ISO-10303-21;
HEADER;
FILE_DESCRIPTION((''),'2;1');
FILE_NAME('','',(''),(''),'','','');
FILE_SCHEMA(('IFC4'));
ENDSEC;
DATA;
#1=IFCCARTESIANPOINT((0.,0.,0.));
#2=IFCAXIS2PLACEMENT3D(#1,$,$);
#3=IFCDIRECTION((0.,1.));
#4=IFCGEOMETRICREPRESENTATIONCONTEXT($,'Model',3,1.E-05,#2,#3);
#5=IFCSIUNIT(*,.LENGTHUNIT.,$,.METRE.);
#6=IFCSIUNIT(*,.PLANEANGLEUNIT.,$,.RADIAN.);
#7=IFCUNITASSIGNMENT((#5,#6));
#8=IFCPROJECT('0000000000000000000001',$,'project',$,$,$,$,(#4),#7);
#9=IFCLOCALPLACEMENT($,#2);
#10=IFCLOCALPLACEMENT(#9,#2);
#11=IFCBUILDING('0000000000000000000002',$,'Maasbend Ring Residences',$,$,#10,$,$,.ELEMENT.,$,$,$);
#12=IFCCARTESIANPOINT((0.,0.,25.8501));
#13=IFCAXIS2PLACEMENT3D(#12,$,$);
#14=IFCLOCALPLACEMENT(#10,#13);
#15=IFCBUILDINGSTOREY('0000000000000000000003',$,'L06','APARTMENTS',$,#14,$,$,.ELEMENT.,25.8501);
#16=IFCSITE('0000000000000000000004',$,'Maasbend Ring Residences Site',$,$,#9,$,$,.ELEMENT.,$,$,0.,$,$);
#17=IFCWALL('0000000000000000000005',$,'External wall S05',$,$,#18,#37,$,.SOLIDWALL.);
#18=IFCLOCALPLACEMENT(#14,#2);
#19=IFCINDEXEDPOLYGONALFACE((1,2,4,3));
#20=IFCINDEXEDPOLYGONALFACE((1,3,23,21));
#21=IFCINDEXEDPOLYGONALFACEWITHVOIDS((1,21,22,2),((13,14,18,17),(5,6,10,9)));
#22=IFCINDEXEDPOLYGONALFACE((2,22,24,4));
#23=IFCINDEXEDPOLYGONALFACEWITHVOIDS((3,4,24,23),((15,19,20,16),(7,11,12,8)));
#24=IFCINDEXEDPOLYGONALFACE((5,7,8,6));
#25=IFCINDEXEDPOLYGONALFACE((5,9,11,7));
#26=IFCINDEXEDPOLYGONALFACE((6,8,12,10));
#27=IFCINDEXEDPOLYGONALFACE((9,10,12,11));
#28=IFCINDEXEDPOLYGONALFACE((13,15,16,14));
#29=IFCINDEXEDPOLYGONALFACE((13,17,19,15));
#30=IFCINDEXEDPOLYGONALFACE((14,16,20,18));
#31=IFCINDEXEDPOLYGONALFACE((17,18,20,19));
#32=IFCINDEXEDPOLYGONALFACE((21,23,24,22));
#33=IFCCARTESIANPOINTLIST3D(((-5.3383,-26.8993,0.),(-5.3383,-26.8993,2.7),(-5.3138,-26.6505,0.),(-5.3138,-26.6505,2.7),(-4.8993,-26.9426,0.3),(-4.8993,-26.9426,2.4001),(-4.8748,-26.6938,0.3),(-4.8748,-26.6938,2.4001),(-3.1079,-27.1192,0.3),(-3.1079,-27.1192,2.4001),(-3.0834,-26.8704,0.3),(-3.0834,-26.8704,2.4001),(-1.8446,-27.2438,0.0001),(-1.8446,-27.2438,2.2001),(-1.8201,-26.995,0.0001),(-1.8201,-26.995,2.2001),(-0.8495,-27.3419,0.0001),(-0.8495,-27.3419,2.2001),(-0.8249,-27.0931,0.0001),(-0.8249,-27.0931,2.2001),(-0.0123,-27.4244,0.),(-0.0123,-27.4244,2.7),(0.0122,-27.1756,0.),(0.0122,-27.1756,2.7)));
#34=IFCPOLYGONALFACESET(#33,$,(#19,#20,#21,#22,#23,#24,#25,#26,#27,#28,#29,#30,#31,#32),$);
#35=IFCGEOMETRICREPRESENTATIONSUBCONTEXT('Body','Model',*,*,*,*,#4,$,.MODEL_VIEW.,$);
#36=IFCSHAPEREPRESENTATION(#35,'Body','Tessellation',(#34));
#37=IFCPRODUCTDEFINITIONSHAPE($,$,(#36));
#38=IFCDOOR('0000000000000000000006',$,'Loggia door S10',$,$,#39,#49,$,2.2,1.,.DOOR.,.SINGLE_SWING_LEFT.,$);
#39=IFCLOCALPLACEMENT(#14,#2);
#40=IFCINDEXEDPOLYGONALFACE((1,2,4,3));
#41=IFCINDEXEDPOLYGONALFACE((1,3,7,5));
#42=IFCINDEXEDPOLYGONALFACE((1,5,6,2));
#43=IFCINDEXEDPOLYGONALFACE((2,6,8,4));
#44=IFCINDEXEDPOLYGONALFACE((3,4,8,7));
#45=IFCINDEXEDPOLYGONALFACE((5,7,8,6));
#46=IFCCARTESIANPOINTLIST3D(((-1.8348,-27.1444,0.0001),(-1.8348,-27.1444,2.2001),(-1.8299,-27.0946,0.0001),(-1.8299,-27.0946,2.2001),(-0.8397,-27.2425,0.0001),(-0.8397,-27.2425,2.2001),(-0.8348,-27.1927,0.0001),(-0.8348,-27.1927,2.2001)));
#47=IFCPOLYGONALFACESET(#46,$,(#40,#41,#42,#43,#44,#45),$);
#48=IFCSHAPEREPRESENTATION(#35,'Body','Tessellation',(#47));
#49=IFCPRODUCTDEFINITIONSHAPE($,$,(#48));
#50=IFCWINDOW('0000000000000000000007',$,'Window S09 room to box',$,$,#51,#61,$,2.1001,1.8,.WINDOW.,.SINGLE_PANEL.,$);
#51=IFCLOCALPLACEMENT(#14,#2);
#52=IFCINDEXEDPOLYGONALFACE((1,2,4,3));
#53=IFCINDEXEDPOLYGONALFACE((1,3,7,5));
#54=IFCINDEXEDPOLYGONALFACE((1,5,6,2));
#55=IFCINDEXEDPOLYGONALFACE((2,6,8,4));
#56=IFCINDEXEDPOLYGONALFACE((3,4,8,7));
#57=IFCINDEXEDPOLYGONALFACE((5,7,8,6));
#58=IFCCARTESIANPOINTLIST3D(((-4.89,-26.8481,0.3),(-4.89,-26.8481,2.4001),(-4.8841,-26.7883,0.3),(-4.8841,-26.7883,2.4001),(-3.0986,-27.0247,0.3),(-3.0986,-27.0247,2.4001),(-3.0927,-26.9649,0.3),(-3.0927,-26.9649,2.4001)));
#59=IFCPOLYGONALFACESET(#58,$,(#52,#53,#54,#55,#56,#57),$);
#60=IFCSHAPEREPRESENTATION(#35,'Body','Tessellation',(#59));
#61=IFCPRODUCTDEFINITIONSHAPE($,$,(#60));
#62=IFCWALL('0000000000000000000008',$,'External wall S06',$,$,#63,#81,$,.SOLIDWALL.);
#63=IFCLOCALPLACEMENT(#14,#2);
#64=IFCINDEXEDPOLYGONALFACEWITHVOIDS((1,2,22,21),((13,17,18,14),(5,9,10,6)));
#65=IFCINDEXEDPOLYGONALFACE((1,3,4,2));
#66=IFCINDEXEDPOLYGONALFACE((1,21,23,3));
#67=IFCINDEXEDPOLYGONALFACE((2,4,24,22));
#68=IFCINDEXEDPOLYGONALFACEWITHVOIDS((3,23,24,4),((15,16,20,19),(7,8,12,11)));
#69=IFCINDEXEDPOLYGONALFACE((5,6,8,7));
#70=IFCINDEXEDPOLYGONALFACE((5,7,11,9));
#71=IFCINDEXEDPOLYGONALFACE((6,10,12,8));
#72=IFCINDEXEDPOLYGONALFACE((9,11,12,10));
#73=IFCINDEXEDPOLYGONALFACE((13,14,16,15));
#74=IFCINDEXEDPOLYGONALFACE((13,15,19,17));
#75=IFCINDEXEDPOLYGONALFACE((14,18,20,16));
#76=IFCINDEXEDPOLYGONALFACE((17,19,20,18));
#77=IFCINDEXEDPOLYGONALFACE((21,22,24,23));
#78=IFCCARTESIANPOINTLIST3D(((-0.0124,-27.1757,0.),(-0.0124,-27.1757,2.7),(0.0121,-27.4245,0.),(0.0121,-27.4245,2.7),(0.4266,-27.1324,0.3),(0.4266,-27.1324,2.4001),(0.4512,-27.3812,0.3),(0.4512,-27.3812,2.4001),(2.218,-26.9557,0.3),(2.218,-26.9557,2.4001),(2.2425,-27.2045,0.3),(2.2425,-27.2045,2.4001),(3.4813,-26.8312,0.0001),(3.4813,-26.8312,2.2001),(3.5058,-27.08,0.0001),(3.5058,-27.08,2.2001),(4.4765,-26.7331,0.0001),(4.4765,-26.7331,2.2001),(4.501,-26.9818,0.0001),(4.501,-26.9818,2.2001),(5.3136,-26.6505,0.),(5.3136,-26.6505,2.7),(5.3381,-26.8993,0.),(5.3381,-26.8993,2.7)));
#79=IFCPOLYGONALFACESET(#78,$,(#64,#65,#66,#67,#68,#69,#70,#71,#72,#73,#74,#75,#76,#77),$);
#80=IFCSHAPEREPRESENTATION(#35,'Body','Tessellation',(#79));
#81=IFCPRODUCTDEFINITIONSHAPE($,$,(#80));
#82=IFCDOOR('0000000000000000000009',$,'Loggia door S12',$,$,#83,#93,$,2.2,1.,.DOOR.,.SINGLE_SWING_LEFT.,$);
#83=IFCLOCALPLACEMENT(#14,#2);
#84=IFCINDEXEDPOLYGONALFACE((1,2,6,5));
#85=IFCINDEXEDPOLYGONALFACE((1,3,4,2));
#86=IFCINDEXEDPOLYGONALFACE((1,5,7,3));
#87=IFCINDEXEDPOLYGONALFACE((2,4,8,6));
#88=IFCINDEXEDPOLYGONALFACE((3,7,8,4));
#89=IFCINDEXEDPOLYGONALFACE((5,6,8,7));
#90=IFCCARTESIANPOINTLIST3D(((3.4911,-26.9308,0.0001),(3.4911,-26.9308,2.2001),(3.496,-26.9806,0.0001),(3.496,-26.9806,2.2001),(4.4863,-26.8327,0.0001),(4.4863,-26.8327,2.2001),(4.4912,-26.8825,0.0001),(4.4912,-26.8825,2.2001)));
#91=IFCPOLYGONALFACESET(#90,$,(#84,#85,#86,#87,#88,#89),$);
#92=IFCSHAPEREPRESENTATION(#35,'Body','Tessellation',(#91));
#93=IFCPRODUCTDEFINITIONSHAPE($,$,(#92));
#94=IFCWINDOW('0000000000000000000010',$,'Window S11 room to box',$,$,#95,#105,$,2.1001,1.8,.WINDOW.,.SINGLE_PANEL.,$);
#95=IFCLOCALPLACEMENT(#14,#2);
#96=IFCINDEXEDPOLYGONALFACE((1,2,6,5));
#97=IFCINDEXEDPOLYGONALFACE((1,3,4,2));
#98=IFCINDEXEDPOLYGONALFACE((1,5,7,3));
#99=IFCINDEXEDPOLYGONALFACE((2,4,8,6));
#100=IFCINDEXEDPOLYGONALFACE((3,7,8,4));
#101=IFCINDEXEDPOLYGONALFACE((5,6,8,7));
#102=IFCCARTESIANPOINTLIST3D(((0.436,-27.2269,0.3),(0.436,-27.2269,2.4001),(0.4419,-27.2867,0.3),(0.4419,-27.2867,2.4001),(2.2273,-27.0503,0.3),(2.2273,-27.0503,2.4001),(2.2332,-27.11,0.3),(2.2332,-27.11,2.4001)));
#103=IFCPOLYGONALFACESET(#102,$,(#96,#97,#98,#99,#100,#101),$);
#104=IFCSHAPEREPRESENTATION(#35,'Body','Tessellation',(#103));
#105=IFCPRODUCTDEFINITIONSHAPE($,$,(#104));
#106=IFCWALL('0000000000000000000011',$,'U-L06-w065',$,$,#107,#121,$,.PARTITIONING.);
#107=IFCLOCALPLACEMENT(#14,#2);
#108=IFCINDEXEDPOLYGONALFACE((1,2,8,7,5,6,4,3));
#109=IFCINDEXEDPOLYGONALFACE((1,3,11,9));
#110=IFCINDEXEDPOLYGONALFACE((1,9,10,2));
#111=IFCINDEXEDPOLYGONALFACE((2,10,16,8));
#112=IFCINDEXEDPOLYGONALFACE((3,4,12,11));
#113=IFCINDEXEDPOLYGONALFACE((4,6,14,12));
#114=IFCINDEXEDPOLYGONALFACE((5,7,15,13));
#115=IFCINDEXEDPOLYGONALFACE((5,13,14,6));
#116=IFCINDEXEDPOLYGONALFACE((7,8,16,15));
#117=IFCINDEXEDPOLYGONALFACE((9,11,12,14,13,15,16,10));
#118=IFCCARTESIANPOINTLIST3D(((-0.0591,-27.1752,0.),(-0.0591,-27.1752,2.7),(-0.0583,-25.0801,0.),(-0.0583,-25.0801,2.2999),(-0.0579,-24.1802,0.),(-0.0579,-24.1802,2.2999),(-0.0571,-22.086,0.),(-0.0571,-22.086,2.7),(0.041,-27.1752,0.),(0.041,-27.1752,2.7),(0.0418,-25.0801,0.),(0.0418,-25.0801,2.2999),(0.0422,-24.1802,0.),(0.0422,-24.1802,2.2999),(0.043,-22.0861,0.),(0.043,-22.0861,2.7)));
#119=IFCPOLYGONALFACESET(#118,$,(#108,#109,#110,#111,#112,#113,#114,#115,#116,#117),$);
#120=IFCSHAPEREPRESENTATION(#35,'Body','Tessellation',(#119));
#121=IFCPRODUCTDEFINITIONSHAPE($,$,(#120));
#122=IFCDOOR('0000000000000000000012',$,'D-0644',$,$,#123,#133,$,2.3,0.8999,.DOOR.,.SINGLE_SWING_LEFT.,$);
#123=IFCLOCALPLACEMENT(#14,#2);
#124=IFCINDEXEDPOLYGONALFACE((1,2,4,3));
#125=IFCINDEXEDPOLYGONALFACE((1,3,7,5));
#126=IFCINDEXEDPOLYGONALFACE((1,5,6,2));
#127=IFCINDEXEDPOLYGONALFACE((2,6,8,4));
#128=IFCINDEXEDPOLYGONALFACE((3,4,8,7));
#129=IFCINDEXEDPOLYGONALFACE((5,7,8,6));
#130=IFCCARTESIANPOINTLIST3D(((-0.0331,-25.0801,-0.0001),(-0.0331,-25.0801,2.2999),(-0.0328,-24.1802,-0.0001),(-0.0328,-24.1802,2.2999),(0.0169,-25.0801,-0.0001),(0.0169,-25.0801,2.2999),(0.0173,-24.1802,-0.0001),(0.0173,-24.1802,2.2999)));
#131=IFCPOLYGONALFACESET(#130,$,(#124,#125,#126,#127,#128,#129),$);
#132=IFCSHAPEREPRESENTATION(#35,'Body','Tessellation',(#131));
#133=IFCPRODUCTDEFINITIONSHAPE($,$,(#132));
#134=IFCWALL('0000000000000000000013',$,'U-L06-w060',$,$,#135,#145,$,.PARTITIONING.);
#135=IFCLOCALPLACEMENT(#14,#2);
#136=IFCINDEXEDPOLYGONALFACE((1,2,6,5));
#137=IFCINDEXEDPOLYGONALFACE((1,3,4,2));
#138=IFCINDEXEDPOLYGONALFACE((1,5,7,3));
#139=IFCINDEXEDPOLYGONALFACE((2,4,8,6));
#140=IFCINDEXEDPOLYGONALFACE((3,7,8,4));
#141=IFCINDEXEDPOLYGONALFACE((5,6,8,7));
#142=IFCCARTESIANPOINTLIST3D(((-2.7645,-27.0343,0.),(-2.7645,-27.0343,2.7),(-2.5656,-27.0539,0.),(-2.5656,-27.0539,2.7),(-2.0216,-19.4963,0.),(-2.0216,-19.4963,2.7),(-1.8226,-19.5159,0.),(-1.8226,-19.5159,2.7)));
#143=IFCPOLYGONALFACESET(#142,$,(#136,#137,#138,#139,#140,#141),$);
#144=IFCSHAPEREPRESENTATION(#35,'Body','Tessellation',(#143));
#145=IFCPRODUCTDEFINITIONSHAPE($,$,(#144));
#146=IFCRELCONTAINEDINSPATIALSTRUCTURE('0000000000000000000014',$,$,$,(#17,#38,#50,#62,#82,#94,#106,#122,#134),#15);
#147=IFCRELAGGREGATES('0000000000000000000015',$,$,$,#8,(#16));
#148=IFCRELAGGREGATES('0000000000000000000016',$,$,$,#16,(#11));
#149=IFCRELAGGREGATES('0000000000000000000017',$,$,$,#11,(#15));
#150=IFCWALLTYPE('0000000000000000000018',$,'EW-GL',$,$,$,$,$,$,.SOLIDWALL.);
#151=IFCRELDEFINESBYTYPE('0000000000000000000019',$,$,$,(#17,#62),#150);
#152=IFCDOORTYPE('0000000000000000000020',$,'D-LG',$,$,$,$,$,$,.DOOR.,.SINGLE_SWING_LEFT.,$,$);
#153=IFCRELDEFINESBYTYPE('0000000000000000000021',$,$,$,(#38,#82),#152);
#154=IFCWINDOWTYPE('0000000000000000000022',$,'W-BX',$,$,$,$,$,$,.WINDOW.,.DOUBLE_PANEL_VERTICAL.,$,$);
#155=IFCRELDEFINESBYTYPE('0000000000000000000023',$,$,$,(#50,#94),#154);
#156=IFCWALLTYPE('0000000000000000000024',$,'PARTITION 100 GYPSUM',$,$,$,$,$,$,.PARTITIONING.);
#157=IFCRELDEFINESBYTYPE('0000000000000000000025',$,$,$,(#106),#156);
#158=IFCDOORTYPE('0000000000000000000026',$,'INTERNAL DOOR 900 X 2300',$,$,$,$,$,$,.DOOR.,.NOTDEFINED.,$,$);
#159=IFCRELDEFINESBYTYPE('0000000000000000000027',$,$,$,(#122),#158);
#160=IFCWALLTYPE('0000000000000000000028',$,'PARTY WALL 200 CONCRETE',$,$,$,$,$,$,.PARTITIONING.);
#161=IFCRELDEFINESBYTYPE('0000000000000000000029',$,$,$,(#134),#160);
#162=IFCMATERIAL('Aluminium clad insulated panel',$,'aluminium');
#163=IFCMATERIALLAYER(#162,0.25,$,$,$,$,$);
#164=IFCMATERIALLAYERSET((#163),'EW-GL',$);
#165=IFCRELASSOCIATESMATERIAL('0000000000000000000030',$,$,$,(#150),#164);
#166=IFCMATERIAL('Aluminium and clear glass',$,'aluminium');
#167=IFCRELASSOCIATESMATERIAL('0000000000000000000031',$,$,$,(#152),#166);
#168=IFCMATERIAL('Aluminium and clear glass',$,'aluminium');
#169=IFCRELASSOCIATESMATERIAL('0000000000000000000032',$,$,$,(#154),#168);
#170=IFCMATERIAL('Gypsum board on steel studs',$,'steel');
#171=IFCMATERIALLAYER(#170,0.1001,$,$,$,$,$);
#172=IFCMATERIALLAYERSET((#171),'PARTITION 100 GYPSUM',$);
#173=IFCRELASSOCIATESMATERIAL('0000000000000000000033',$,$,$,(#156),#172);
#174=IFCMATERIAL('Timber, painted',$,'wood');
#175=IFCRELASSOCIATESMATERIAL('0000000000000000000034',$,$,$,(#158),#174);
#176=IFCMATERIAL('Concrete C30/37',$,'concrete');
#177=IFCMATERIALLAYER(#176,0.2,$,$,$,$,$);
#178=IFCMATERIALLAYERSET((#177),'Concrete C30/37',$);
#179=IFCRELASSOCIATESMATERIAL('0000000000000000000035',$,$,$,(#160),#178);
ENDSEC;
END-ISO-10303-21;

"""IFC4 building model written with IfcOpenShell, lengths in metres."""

from ifc_helpers import new_model, si_unit, direction, frame, frame_2d, origin, place, context, subcontext, project, spatial, rectangle, extrude, material, layer, layer_set, type_object, element, fill, save


model = new_model("IFC4")

# Units and contexts
model_context = context("Model", 3, precision=1e-05, world=origin(), true_north=direction((0.0, 1.0)))
body_context = subcontext(model_context, "Body", "Model", "MODEL_VIEW")
ifc_project = project(units=[si_unit("LENGTHUNIT", "METRE"), si_unit("PLANEANGLEUNIT", "RADIAN")], contexts=[model_context])

# Site, building, storey
site_placement = place(None, origin())
site = spatial("IfcSite", under=ifc_project, at=site_placement, Name="Maasbend Ring Residences Site", CompositionType="ELEMENT", RefElevation=0.0)
building_placement = place(site_placement, origin())
building = spatial("IfcBuilding", under=site, at=building_placement, Name="Maasbend Ring Residences", CompositionType="ELEMENT")
storey_placement = place(building_placement, frame((0.0, 0.0, 25.8501)))
storey = spatial("IfcBuildingStorey", under=building, at=storey_placement, Name="L06", Description="APARTMENTS", CompositionType="ELEMENT", Elevation=25.8501)

# Walls, openings, doors, windows
ifc_material_1 = material(Name="Aluminium clad insulated panel", Category="aluminium")
ifc_layer_1 = layer(ifc_material_1, 0.25)
ifc_layer_set_1 = layer_set([ifc_layer_1], Name="EW-GL")
wall_type_1 = type_object("IfcWallType", Name="EW-GL", PredefinedType="SOLIDWALL", material=ifc_layer_set_1)
ifc_material_2 = material(Name="Aluminium and clear glass", Category="aluminium")
door_type_1 = type_object("IfcDoorType", Name="D-LG", OperationType="SINGLE_SWING_LEFT", PredefinedType="DOOR", material=ifc_material_2)
ifc_material_3 = material(Name="Aluminium and clear glass", Category="aluminium")
window_type_1 = type_object("IfcWindowType", Name="W-BX", PartitioningType="DOUBLE_PANEL_VERTICAL", PredefinedType="WINDOW", material=ifc_material_3)
wall_1_placement = place(storey_placement, frame((-5.3259, -26.7749, 0.0), z_axis=(0.0, 0.0, 1.0), x_axis=(0.995174, -0.098126, 0.0)))
wall_1 = element("IfcWall", 1, at=wall_1_placement, inside=storey, type_object=wall_type_1, Name="External wall S05", PredefinedType="SOLIDWALL", context=body_context, shape_type="SweptSolid", body=[
    extrude(rectangle(XDim=5.3518, YDim=0.25, at=frame_2d((2.6758, 0.0))), origin(), (0.0, 0.0, 1.0), 2.7),
])
opening_1_placement = place(wall_1_placement, frame((0.4412, 0.0, 0.3)))
opening_1 = element("IfcOpeningElement", 2, at=opening_1_placement, cuts=wall_1, PredefinedType="OPENING", context=body_context, shape_type="SweptSolid", body=[
    extrude(rectangle(XDim=1.8, YDim=2.1001, at=frame_2d((0.8999, 1.05))), frame((0.0, 0.135, 0.0), z_axis=(0.0, -1.0, 0.0), x_axis=(1.0, 0.0, 0.0)), (0.0, 0.0, 1.0), 0.27),
])
opening_2_placement = place(wall_1_placement, frame((3.5105, 0.0, 0.0)))
opening_2 = element("IfcOpeningElement", 3, at=opening_2_placement, cuts=wall_1, PredefinedType="OPENING", context=body_context, shape_type="SweptSolid", body=[
    extrude(rectangle(XDim=1.0, YDim=2.2, at=frame_2d((0.5, 1.1001))), frame((0.0, 0.135, 0.0), z_axis=(0.0, -1.0, 0.0), x_axis=(1.0, 0.0, 0.0)), (0.0, 0.0, 1.0), 0.27),
])
door_1_placement = place(opening_2_placement, origin())
door_1 = element("IfcDoor", 4, at=door_1_placement, inside=storey, type_object=door_type_1, Name="Loggia door S10", OperationType="SINGLE_SWING_LEFT", OverallHeight=2.2, OverallWidth=1.0, PredefinedType="DOOR", context=body_context, shape_type="SweptSolid", body=[
    extrude(rectangle(XDim=1.0, YDim=2.2, at=frame_2d((0.5, 1.1001))), frame((0.0, 0.0249, 0.0), z_axis=(0.0, -1.0, 0.0), x_axis=(1.0, 0.0, 0.0)), (0.0, 0.0, 1.0), 0.05),
])
fill(opening_2, door_1)
window_1_placement = place(opening_1_placement, origin())
window_1 = element("IfcWindow", 5, at=window_1_placement, inside=storey, type_object=window_type_1, Name="Window S09 room to box", OverallHeight=2.1001, OverallWidth=1.8, PartitioningType="SINGLE_PANEL", PredefinedType="WINDOW", context=body_context, shape_type="SweptSolid", body=[
    extrude(rectangle(XDim=1.8, YDim=2.1001, at=frame_2d((0.8999, 1.05))), frame((0.0, 0.03, 0.0), z_axis=(0.0, -1.0, 0.0), x_axis=(1.0, 0.0, 0.0)), (0.0, 0.0, 1.0), 0.0601),
])
fill(opening_1, window_1)
wall_2_placement = place(storey_placement, frame((0.0, -27.3, 0.0), z_axis=(0.0, 0.0, 1.0), x_axis=(0.995174, 0.098126, 0.0)))
wall_2 = element("IfcWall", 6, at=wall_2_placement, inside=storey, type_object=wall_type_1, Name="External wall S06", PredefinedType="SOLIDWALL", context=body_context, shape_type="SweptSolid", body=[
    extrude(rectangle(XDim=5.3518, YDim=0.25, at=frame_2d((2.6758, 0.0))), origin(), (0.0, 0.0, 1.0), 2.7),
])
opening_3_placement = place(wall_2_placement, frame((0.4412, 0.0, 0.3)))
opening_3 = element("IfcOpeningElement", 7, at=opening_3_placement, cuts=wall_2, PredefinedType="OPENING", context=body_context, shape_type="SweptSolid", body=[
    extrude(rectangle(XDim=1.8, YDim=2.1001, at=frame_2d((0.8999, 1.05))), frame((0.0, 0.135, 0.0), z_axis=(0.0, -1.0, 0.0), x_axis=(1.0, 0.0, 0.0)), (0.0, 0.0, 1.0), 0.27),
])
opening_4_placement = place(wall_2_placement, frame((3.5105, 0.0, 0.0)))
opening_4 = element("IfcOpeningElement", 8, at=opening_4_placement, cuts=wall_2, PredefinedType="OPENING", context=body_context, shape_type="SweptSolid", body=[
    extrude(rectangle(XDim=1.0, YDim=2.2, at=frame_2d((0.5, 1.1001))), frame((0.0, 0.135, 0.0), z_axis=(0.0, -1.0, 0.0), x_axis=(1.0, 0.0, 0.0)), (0.0, 0.0, 1.0), 0.27),
])
door_2_placement = place(opening_4_placement, origin())
door_2 = element("IfcDoor", 9, at=door_2_placement, inside=storey, type_object=door_type_1, Name="Loggia door S12", OperationType="SINGLE_SWING_LEFT", OverallHeight=2.2, OverallWidth=1.0, PredefinedType="DOOR", context=body_context, shape_type="SweptSolid", body=[
    extrude(rectangle(XDim=1.0, YDim=2.2, at=frame_2d((0.5, 1.1001))), frame((0.0, 0.0249, 0.0), z_axis=(0.0, -1.0, 0.0), x_axis=(1.0, 0.0, 0.0)), (0.0, 0.0, 1.0), 0.05),
])
fill(opening_4, door_2)
window_2_placement = place(opening_3_placement, origin())
window_2 = element("IfcWindow", 10, at=window_2_placement, inside=storey, type_object=window_type_1, Name="Window S11 room to box", OverallHeight=2.1001, OverallWidth=1.8, PartitioningType="SINGLE_PANEL", PredefinedType="WINDOW", context=body_context, shape_type="SweptSolid", body=[
    extrude(rectangle(XDim=1.8, YDim=2.1001, at=frame_2d((0.8999, 1.05))), frame((0.0, 0.03, 0.0), z_axis=(0.0, -1.0, 0.0), x_axis=(1.0, 0.0, 0.0)), (0.0, 0.0, 1.0), 0.0601),
])
fill(opening_3, window_2)

# Wall, opening, door
ifc_material_4 = material(Name="Gypsum board on steel studs", Category="steel")
ifc_layer_2 = layer(ifc_material_4, 0.1001)
ifc_layer_set_2 = layer_set([ifc_layer_2], Name="PARTITION 100 GYPSUM")
wall_type_2 = type_object("IfcWallType", Name="PARTITION 100 GYPSUM", PredefinedType="PARTITIONING", material=ifc_layer_set_2)
wall_3_placement = place(storey_placement, frame((-0.009, -27.175, 0.0), z_axis=(0.0, 0.0, 1.0), x_axis=(0.000384, 1.0, 0.0)))
wall_3 = element("IfcWall", 11, at=wall_3_placement, inside=storey, type_object=wall_type_2, Name="U-L06-w065", PredefinedType="PARTITIONING", context=body_context, shape_type="SweptSolid", body=[
    extrude(rectangle(XDim=5.0891, YDim=0.1001, at=frame_2d((2.5444, 0.0))), origin(), (0.0, 0.0, 1.0), 2.7),
])
opening_5_placement = place(wall_3_placement, frame((2.095, 0.0, 0.0)))
opening_5 = element("IfcOpeningElement", 12, at=opening_5_placement, cuts=wall_3, PredefinedType="OPENING", context=body_context, shape_type="SweptSolid", body=[
    extrude(rectangle(XDim=0.8999, YDim=2.3, at=frame_2d((0.45, 1.1499))), frame((0.0, 0.0601, 0.0), z_axis=(0.0, -1.0, 0.0), x_axis=(1.0, 0.0, 0.0)), (0.0, 0.0, 1.0), 0.1201),
])
ifc_material_5 = material(Name="Timber, painted", Category="wood")
door_type_2 = type_object("IfcDoorType", Name="INTERNAL DOOR 900 X 2300", OperationType="NOTDEFINED", PredefinedType="DOOR", material=ifc_material_5)
door_3_placement = place(opening_5_placement, origin())
door_3 = element("IfcDoor", 13, at=door_3_placement, inside=storey, type_object=door_type_2, Name="D-0644", OperationType="SINGLE_SWING_LEFT", OverallHeight=2.3, OverallWidth=0.8999, PredefinedType="DOOR", context=body_context, shape_type="SweptSolid", body=[
    extrude(rectangle(XDim=0.8999, YDim=2.3, at=frame_2d((0.45, 1.1499))), frame((0.0, 0.0249, 0.0), z_axis=(0.0, -1.0, 0.0), x_axis=(1.0, 0.0, 0.0)), (0.0, 0.0, 1.0), 0.05),
])
fill(opening_5, door_3)

# Wall
ifc_material_6 = material(Name="Concrete C30/37", Category="concrete")
ifc_layer_3 = layer(ifc_material_6, 0.2)
ifc_layer_set_3 = layer_set([ifc_layer_3], Name="Concrete C30/37")
wall_type_3 = type_object("IfcWallType", Name="PARTY WALL 200 CONCRETE", PredefinedType="PARTITIONING", material=ifc_layer_set_3)
wall_4_placement = place(storey_placement, frame((-2.665, -27.0439, 0.0), z_axis=(0.0, 0.0, 1.0), x_axis=(0.098083, 0.995178, 0.0)))
element("IfcWall", 14, at=wall_4_placement, inside=storey, type_object=wall_type_3, Name="U-L06-w060", PredefinedType="PARTITIONING", context=body_context, shape_type="SweptSolid", body=[
    extrude(rectangle(XDim=7.5745, YDim=0.2, at=frame_2d((3.7871, 0.0))), origin(), (0.0, 0.0, 1.0), 2.7),
])

save(model, "model.ifc")
